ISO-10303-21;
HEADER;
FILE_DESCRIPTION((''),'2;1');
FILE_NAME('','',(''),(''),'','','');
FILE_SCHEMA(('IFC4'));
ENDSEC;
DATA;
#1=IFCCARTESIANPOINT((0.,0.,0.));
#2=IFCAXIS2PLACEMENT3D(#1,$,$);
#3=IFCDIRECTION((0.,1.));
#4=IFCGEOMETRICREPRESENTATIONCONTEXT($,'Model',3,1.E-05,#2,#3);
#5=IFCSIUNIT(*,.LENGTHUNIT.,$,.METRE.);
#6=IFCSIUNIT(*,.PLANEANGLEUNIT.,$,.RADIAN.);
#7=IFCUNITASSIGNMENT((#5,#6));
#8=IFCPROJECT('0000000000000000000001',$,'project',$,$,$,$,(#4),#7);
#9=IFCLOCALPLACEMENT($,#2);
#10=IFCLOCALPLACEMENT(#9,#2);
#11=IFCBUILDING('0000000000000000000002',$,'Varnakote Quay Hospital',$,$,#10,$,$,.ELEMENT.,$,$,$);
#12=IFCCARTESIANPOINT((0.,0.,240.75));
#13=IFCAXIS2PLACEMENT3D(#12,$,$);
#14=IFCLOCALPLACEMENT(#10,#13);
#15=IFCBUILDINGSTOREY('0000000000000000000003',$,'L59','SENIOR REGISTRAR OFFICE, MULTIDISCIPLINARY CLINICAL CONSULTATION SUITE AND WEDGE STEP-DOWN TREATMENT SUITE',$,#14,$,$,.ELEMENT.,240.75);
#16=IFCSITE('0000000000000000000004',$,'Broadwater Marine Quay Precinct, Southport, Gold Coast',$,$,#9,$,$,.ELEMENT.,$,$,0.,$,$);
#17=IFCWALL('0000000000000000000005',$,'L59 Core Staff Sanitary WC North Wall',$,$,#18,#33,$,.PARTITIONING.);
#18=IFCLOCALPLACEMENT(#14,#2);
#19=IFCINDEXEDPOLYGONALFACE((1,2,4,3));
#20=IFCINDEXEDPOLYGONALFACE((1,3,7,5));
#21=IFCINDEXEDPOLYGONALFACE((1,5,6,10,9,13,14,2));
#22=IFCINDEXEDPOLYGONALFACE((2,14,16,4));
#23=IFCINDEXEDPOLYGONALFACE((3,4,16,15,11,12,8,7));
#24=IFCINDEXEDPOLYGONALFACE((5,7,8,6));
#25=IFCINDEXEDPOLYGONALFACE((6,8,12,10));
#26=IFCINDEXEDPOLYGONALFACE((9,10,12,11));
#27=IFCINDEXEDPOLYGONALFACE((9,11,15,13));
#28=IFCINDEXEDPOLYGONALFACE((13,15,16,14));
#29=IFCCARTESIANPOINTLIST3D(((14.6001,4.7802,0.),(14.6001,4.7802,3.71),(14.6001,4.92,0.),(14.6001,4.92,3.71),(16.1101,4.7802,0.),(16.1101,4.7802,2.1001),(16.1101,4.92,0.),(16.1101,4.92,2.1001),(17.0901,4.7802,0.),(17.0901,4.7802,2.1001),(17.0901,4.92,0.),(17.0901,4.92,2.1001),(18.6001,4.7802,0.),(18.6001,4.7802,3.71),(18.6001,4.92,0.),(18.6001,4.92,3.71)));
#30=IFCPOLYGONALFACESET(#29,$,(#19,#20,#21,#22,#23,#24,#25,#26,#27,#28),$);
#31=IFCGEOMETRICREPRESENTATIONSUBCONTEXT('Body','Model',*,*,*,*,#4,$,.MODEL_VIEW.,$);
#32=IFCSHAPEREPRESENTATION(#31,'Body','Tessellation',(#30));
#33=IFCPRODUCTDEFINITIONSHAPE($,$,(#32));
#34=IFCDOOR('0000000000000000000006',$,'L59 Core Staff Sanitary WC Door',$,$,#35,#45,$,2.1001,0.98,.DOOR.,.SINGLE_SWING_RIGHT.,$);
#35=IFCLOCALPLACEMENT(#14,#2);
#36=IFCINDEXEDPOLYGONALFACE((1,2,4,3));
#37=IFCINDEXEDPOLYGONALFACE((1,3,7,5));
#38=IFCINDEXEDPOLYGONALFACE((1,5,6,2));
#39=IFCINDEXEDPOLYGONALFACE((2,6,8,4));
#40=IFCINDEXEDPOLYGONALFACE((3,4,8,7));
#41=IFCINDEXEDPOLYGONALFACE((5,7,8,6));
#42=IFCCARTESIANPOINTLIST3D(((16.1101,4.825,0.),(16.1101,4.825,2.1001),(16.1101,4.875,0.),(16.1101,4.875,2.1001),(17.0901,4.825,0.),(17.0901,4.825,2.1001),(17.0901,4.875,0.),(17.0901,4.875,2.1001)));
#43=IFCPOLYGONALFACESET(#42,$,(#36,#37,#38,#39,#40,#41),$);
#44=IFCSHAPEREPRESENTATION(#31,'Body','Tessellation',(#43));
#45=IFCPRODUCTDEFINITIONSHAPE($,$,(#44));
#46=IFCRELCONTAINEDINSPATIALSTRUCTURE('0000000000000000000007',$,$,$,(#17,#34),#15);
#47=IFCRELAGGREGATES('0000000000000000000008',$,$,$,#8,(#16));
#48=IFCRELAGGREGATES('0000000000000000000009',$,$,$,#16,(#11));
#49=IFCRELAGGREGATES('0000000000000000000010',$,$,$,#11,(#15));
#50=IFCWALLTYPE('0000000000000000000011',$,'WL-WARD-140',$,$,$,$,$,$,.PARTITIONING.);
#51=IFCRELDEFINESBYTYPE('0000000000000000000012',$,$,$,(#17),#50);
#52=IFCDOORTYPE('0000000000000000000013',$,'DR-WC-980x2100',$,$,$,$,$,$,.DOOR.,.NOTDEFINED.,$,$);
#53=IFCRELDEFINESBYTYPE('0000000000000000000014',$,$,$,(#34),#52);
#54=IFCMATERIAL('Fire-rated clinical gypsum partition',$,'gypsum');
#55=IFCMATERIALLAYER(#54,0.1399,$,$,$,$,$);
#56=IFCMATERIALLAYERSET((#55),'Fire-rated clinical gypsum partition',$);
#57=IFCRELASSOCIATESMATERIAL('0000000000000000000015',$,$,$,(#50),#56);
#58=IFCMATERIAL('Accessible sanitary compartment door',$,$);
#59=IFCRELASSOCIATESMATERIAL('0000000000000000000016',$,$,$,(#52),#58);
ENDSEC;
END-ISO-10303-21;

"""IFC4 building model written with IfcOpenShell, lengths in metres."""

from ifc_helpers import new_model, si_unit, direction, frame, frame_2d, origin, place, context, subcontext, project, spatial, rectangle, extrude, material, layer, layer_set, type_object, element, fill, save


model = new_model("IFC4")

# Units and contexts
model_context = context("Model", 3, precision=1e-05, world=origin(), true_north=direction((0.0, 1.0)))
body_context = subcontext(model_context, "Body", "Model", "MODEL_VIEW")
ifc_project = project(units=[si_unit("LENGTHUNIT", "METRE"), si_unit("PLANEANGLEUNIT", "RADIAN")], contexts=[model_context])

# Site, building, storey
site_placement = place(None, origin())
site = spatial("IfcSite", under=ifc_project, at=site_placement, Name="Broadwater Marine Quay Precinct, Southport, Gold Coast", CompositionType="ELEMENT", RefElevation=0.0)
building_placement = place(site_placement, origin())
building = spatial("IfcBuilding", under=site, at=building_placement, Name="Varnakote Quay Hospital", CompositionType="ELEMENT")
storey_placement = place(building_placement, frame((0.0, 0.0, 240.75)))
storey = spatial("IfcBuildingStorey", under=building, at=storey_placement, Name="L59", Description="SENIOR REGISTRAR OFFICE, MULTIDISCIPLINARY CLINICAL CONSULTATION SUITE AND WEDGE STEP-DOWN TREATMENT SUITE", CompositionType="ELEMENT", Elevation=240.75)

# Wall, opening, door
ifc_material_1 = material(Name="Fire-rated clinical gypsum partition", Category="gypsum")
ifc_layer_1 = layer(ifc_material_1, 0.1399)
ifc_layer_set_1 = layer_set([ifc_layer_1], Name="Fire-rated clinical gypsum partition")
wall_type_1 = type_object("IfcWallType", Name="WL-WARD-140", PredefinedType="PARTITIONING", material=ifc_layer_set_1)
wall_1_placement = place(storey_placement, frame((14.6001, 4.8501, 0.0), z_axis=(0.0, 0.0, 1.0), x_axis=(1.0, 0.0, 0.0)))
wall_1 = element("IfcWall", 1, at=wall_1_placement, inside=storey, type_object=wall_type_1, Name="L59 Core Staff Sanitary WC North Wall", PredefinedType="PARTITIONING", context=body_context, shape_type="SweptSolid", body=[
    extrude(rectangle(XDim=4.0, YDim=0.1399, at=frame_2d((2.0, 0.0))), origin(), (0.0, 0.0, 1.0), 3.71),
])
opening_1_placement = place(wall_1_placement, frame((1.51, 0.0, 0.0)))
opening_1 = element("IfcOpeningElement", 2, at=opening_1_placement, cuts=wall_1, PredefinedType="OPENING", context=body_context, shape_type="SweptSolid", body=[
    extrude(rectangle(XDim=0.98, YDim=2.1001, at=frame_2d((0.49, 1.05))), frame((0.0, 0.0798, 0.0), z_axis=(0.0, -1.0, 0.0), x_axis=(1.0, 0.0, 0.0)), (0.0, 0.0, 1.0), 0.1599),
])
ifc_material_2 = material(Name="Accessible sanitary compartment door")
door_type_1 = type_object("IfcDoorType", Name="DR-WC-980x2100", OperationType="NOTDEFINED", PredefinedType="DOOR", material=ifc_material_2)
door_1_placement = place(opening_1_placement, origin())
door_1 = element("IfcDoor", 3, at=door_1_placement, inside=storey, type_object=door_type_1, Name="L59 Core Staff Sanitary WC Door", OperationType="SINGLE_SWING_RIGHT", OverallHeight=2.1001, OverallWidth=0.98, PredefinedType="DOOR", context=body_context, shape_type="SweptSolid", body=[
    extrude(rectangle(XDim=0.98, YDim=2.1001, at=frame_2d((0.49, 1.05))), frame((0.0, 0.0249, 0.0), z_axis=(0.0, -1.0, 0.0), x_axis=(1.0, 0.0, 0.0)), (0.0, 0.0, 1.0), 0.05),
])
fill(opening_1, door_1)

save(model, "model.ifc")
